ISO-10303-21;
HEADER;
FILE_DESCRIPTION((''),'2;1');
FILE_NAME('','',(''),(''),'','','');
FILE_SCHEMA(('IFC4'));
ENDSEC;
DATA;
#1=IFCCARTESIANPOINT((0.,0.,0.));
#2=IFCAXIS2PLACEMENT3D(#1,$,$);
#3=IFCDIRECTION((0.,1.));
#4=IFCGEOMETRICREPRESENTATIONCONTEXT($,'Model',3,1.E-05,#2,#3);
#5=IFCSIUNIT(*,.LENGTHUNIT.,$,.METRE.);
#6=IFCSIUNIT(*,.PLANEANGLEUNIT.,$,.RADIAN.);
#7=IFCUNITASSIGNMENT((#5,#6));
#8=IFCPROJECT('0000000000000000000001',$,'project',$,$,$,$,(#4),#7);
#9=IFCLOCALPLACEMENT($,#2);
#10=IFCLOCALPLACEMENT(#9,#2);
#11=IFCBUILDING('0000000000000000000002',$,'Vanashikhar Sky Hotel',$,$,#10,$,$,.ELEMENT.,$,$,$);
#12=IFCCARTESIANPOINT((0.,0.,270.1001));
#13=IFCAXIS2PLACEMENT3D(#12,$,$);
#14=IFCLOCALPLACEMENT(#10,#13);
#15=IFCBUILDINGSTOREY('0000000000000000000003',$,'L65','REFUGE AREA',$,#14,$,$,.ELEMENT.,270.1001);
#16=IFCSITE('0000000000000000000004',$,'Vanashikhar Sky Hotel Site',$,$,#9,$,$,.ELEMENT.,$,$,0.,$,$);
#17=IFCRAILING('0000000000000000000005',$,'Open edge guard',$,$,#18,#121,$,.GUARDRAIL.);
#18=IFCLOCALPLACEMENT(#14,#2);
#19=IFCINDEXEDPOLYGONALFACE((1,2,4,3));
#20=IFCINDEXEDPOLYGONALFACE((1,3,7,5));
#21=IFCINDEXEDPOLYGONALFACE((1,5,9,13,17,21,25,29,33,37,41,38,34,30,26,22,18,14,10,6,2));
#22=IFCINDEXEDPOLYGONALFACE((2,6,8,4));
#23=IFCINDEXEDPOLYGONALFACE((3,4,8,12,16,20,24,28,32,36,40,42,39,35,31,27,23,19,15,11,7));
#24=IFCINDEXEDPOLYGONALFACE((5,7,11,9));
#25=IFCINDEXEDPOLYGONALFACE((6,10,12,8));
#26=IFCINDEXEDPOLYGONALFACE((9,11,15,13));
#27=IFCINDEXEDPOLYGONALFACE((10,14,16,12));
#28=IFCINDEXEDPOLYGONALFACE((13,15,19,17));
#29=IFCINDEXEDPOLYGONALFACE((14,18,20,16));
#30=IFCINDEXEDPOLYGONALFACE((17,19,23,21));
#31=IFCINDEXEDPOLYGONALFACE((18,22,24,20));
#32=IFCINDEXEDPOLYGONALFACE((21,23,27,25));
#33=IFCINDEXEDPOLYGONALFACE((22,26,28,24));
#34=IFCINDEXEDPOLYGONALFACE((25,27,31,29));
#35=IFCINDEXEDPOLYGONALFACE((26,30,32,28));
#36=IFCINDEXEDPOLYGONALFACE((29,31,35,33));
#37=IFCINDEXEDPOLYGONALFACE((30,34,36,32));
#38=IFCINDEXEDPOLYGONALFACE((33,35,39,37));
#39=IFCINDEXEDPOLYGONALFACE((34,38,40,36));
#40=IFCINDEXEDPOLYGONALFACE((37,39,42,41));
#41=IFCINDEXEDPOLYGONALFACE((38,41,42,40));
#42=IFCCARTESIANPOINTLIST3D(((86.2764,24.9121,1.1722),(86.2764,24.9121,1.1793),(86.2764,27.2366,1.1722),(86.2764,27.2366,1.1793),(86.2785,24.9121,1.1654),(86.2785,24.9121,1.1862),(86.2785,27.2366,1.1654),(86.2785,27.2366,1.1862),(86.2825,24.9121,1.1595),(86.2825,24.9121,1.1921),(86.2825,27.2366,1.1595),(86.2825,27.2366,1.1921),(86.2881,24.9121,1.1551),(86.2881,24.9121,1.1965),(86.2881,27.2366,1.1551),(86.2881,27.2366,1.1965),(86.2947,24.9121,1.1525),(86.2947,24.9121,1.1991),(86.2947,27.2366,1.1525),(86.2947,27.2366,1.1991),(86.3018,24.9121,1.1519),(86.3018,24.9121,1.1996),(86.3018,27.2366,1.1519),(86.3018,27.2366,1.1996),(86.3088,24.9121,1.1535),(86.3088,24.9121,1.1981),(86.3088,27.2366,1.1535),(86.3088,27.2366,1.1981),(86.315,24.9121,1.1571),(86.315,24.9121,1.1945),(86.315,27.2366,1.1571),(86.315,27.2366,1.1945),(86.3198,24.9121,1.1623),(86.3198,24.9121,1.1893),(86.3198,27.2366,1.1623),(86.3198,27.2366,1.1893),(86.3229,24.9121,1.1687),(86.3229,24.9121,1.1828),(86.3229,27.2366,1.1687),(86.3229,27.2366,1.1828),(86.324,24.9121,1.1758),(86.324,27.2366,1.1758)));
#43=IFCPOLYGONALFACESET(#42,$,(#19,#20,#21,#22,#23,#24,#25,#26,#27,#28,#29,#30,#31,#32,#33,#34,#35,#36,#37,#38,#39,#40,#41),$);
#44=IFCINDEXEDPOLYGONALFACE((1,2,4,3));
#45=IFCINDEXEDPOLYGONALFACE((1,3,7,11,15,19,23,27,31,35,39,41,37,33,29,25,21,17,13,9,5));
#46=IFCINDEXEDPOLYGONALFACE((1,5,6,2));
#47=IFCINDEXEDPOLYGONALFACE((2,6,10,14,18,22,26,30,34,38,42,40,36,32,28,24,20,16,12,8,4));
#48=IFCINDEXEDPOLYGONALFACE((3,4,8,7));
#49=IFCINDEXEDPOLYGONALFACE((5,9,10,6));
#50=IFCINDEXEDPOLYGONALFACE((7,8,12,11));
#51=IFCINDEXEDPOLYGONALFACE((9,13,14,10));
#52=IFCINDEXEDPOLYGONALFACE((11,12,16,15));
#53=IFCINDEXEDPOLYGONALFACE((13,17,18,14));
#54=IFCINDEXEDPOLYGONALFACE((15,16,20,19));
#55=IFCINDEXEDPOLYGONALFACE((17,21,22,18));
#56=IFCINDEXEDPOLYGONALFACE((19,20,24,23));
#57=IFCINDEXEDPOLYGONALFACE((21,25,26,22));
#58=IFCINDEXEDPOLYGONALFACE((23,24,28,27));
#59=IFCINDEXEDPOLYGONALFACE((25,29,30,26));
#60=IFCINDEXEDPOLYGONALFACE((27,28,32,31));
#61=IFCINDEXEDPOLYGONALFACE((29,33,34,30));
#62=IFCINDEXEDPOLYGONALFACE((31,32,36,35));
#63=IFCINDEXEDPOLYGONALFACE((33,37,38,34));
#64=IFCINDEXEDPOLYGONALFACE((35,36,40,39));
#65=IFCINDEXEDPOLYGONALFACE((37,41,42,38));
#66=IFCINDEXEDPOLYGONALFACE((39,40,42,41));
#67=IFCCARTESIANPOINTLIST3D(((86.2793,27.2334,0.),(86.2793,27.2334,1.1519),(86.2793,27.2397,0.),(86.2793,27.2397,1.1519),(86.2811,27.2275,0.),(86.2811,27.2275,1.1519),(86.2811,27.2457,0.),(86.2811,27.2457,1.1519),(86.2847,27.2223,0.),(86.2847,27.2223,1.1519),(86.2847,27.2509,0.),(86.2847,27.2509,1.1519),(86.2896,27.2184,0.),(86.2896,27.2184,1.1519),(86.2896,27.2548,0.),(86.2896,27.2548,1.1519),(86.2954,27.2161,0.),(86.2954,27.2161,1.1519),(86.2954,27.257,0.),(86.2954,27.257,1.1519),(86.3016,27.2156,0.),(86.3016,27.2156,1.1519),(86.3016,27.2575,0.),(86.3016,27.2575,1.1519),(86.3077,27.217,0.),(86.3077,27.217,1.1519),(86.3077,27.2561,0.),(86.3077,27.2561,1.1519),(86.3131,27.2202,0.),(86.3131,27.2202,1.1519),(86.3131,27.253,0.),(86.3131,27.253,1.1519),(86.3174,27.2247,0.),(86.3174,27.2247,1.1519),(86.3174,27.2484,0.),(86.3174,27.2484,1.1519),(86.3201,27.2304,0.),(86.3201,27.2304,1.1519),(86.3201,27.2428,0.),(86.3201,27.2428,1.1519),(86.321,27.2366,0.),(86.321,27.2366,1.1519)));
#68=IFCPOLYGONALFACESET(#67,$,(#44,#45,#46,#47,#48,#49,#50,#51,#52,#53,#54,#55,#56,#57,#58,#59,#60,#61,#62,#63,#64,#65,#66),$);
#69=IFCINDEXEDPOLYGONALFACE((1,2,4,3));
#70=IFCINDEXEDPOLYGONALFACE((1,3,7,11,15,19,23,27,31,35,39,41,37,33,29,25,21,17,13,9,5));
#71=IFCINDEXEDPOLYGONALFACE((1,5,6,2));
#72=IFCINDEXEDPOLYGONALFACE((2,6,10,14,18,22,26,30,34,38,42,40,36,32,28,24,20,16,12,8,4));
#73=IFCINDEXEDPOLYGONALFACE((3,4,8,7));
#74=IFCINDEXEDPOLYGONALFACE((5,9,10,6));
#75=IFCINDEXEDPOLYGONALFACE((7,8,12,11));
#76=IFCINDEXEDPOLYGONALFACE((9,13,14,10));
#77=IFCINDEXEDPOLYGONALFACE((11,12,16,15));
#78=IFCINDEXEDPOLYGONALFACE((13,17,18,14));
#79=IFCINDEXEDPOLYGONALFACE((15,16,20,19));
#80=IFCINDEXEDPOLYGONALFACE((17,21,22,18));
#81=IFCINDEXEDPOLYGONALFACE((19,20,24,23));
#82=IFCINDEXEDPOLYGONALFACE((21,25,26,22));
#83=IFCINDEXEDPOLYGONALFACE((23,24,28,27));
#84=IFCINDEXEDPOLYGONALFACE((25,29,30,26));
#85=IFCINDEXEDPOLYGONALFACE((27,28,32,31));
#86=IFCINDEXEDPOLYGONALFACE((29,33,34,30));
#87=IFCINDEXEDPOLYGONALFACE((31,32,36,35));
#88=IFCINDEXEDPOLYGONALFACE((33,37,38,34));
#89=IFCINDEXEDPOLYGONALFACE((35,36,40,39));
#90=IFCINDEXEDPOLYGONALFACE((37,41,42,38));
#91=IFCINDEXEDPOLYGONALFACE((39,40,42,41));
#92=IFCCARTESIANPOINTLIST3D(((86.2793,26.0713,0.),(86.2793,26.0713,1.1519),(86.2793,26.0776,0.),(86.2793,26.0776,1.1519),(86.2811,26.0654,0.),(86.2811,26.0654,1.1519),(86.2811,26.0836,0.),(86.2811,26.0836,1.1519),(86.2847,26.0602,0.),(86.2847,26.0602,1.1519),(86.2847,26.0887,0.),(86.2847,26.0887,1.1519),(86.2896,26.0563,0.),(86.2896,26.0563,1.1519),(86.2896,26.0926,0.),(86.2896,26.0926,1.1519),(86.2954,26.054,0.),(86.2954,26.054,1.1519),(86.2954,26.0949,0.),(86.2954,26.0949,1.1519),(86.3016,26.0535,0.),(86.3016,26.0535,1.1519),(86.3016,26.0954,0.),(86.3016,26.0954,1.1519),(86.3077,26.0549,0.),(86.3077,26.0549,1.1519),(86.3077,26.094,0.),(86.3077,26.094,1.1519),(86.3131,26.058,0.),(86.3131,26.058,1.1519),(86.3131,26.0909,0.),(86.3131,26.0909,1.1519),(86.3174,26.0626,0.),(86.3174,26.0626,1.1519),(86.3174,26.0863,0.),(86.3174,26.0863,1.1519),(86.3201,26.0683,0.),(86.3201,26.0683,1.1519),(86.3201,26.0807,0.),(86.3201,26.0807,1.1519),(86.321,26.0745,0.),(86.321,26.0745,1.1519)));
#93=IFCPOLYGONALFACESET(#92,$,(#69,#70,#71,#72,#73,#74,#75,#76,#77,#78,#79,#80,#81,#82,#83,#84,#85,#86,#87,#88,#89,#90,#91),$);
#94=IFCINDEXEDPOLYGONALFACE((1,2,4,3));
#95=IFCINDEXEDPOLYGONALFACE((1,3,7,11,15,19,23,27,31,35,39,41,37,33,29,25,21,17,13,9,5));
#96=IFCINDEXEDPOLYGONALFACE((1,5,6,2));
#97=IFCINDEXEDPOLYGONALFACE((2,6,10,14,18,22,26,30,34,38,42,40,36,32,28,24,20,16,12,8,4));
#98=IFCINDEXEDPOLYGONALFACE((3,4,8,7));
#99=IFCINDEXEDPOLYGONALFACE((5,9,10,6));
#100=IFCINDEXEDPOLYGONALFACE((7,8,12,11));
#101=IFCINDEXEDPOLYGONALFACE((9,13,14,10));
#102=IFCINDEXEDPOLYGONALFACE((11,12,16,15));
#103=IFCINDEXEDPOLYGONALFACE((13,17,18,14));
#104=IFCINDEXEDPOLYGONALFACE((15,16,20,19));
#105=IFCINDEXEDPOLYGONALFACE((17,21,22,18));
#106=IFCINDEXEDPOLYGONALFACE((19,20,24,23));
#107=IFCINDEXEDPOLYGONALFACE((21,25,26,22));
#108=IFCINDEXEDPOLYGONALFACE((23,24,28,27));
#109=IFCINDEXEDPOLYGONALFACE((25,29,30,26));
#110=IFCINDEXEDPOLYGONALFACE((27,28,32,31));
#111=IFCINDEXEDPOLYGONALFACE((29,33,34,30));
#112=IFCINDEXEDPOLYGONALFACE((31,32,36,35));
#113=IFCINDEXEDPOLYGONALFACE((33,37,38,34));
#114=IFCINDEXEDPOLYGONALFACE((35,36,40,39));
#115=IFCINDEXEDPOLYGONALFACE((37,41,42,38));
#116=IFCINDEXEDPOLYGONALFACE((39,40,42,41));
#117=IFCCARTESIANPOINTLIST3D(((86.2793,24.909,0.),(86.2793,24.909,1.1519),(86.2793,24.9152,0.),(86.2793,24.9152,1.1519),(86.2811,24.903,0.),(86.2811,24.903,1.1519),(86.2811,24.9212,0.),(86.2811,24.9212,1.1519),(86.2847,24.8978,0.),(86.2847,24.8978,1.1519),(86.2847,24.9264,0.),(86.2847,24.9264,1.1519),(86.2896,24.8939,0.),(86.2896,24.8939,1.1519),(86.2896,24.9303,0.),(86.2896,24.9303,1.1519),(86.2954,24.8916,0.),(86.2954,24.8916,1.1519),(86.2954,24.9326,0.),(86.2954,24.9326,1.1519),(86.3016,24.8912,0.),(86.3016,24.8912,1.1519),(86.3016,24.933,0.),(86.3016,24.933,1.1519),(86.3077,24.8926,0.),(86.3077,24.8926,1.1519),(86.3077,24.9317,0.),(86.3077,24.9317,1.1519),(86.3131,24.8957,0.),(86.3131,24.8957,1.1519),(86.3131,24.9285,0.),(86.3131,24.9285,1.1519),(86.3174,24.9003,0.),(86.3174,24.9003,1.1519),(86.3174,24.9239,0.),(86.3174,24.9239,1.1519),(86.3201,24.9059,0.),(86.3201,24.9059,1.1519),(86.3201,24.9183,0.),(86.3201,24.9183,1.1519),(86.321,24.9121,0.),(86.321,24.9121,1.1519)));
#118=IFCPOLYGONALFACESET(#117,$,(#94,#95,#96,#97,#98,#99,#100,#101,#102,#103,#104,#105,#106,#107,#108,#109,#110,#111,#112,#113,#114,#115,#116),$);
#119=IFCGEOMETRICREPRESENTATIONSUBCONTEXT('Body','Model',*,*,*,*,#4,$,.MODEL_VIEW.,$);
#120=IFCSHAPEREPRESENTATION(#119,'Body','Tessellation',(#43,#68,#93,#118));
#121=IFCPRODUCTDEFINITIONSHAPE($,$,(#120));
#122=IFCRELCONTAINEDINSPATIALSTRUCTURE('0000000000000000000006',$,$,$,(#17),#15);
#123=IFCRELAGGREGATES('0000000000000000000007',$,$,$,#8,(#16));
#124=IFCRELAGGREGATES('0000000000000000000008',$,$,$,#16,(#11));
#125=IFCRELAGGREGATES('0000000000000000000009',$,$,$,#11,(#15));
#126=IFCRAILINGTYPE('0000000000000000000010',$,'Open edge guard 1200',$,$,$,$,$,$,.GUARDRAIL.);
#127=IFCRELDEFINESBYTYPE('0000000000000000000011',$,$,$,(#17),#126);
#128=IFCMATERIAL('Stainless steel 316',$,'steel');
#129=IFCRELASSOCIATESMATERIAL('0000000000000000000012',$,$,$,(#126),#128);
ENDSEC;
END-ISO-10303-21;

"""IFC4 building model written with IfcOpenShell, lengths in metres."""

from ifc_helpers import new_model, si_unit, direction, frame, origin, origin_2d, place, context, subcontext, project, spatial, circle, extrude, source, transform, mapped, material, type_object, element, save


model = new_model("IFC4")

# Units and contexts
model_context = context("Model", 3, precision=1e-05, world=origin(), true_north=direction((0.0, 1.0)))
body_context = subcontext(model_context, "Body", "Model", "MODEL_VIEW")
ifc_project = project(units=[si_unit("LENGTHUNIT", "METRE"), si_unit("PLANEANGLEUNIT", "RADIAN")], contexts=[model_context])

# Site, building, storey
site_placement = place(None, origin())
site = spatial("IfcSite", under=ifc_project, at=site_placement, Name="Vanashikhar Sky Hotel Site", CompositionType="ELEMENT", RefElevation=0.0)
building_placement = place(site_placement, origin())
building = spatial("IfcBuilding", under=site, at=building_placement, Name="Vanashikhar Sky Hotel", CompositionType="ELEMENT")
storey_placement = place(building_placement, frame((0.0, 0.0, 270.1001)))
storey = spatial("IfcBuildingStorey", under=building, at=storey_placement, Name="L65", Description="REFUGE AREA", CompositionType="ELEMENT", Elevation=270.1001)

# Railing
ifc_material_1 = material(Name="Stainless steel 316", Category="steel")
railing_type_1 = type_object("IfcRailingType", Name="Open edge guard 1200", PredefinedType="GUARDRAIL", material=ifc_material_1)
shared_shape_1 = source(origin(), body_context, "Body", "SweptSolid", [
    extrude(circle(Radius=0.0239, at=origin_2d()), frame((0.0, 0.0, 1.1758), z_axis=(0.0, -1.0, 0.0), x_axis=(1.0, 0.0, 0.0)), (0.0, 0.0, 1.0), 2.3245),
    extrude(circle(Radius=0.021, at=origin_2d()), origin(), (0.0, 0.0, 1.0), 1.1519),
    extrude(circle(Radius=0.021, at=origin_2d()), frame((0.0, -1.1621, 0.0)), (0.0, 0.0, 1.0), 1.1519),
    extrude(circle(Radius=0.021, at=origin_2d()), frame((0.0, -2.3245, 0.0)), (0.0, 0.0, 1.0), 1.1519),
])
for number, where, name in (
    (1, (86.3, 27.2366, 0.0), "Open edge guard"),
):
    element("IfcRailing", number, at=place(storey_placement, frame(where)), inside=storey, type_object=railing_type_1, Name=name, PredefinedType="GUARDRAIL", context=body_context, shape_type="MappedRepresentation", body=[
        mapped(shared_shape_1, transform((0.0, 0.0, 0.0), scale=1.0)),
    ])

save(model, "model.ifc")
